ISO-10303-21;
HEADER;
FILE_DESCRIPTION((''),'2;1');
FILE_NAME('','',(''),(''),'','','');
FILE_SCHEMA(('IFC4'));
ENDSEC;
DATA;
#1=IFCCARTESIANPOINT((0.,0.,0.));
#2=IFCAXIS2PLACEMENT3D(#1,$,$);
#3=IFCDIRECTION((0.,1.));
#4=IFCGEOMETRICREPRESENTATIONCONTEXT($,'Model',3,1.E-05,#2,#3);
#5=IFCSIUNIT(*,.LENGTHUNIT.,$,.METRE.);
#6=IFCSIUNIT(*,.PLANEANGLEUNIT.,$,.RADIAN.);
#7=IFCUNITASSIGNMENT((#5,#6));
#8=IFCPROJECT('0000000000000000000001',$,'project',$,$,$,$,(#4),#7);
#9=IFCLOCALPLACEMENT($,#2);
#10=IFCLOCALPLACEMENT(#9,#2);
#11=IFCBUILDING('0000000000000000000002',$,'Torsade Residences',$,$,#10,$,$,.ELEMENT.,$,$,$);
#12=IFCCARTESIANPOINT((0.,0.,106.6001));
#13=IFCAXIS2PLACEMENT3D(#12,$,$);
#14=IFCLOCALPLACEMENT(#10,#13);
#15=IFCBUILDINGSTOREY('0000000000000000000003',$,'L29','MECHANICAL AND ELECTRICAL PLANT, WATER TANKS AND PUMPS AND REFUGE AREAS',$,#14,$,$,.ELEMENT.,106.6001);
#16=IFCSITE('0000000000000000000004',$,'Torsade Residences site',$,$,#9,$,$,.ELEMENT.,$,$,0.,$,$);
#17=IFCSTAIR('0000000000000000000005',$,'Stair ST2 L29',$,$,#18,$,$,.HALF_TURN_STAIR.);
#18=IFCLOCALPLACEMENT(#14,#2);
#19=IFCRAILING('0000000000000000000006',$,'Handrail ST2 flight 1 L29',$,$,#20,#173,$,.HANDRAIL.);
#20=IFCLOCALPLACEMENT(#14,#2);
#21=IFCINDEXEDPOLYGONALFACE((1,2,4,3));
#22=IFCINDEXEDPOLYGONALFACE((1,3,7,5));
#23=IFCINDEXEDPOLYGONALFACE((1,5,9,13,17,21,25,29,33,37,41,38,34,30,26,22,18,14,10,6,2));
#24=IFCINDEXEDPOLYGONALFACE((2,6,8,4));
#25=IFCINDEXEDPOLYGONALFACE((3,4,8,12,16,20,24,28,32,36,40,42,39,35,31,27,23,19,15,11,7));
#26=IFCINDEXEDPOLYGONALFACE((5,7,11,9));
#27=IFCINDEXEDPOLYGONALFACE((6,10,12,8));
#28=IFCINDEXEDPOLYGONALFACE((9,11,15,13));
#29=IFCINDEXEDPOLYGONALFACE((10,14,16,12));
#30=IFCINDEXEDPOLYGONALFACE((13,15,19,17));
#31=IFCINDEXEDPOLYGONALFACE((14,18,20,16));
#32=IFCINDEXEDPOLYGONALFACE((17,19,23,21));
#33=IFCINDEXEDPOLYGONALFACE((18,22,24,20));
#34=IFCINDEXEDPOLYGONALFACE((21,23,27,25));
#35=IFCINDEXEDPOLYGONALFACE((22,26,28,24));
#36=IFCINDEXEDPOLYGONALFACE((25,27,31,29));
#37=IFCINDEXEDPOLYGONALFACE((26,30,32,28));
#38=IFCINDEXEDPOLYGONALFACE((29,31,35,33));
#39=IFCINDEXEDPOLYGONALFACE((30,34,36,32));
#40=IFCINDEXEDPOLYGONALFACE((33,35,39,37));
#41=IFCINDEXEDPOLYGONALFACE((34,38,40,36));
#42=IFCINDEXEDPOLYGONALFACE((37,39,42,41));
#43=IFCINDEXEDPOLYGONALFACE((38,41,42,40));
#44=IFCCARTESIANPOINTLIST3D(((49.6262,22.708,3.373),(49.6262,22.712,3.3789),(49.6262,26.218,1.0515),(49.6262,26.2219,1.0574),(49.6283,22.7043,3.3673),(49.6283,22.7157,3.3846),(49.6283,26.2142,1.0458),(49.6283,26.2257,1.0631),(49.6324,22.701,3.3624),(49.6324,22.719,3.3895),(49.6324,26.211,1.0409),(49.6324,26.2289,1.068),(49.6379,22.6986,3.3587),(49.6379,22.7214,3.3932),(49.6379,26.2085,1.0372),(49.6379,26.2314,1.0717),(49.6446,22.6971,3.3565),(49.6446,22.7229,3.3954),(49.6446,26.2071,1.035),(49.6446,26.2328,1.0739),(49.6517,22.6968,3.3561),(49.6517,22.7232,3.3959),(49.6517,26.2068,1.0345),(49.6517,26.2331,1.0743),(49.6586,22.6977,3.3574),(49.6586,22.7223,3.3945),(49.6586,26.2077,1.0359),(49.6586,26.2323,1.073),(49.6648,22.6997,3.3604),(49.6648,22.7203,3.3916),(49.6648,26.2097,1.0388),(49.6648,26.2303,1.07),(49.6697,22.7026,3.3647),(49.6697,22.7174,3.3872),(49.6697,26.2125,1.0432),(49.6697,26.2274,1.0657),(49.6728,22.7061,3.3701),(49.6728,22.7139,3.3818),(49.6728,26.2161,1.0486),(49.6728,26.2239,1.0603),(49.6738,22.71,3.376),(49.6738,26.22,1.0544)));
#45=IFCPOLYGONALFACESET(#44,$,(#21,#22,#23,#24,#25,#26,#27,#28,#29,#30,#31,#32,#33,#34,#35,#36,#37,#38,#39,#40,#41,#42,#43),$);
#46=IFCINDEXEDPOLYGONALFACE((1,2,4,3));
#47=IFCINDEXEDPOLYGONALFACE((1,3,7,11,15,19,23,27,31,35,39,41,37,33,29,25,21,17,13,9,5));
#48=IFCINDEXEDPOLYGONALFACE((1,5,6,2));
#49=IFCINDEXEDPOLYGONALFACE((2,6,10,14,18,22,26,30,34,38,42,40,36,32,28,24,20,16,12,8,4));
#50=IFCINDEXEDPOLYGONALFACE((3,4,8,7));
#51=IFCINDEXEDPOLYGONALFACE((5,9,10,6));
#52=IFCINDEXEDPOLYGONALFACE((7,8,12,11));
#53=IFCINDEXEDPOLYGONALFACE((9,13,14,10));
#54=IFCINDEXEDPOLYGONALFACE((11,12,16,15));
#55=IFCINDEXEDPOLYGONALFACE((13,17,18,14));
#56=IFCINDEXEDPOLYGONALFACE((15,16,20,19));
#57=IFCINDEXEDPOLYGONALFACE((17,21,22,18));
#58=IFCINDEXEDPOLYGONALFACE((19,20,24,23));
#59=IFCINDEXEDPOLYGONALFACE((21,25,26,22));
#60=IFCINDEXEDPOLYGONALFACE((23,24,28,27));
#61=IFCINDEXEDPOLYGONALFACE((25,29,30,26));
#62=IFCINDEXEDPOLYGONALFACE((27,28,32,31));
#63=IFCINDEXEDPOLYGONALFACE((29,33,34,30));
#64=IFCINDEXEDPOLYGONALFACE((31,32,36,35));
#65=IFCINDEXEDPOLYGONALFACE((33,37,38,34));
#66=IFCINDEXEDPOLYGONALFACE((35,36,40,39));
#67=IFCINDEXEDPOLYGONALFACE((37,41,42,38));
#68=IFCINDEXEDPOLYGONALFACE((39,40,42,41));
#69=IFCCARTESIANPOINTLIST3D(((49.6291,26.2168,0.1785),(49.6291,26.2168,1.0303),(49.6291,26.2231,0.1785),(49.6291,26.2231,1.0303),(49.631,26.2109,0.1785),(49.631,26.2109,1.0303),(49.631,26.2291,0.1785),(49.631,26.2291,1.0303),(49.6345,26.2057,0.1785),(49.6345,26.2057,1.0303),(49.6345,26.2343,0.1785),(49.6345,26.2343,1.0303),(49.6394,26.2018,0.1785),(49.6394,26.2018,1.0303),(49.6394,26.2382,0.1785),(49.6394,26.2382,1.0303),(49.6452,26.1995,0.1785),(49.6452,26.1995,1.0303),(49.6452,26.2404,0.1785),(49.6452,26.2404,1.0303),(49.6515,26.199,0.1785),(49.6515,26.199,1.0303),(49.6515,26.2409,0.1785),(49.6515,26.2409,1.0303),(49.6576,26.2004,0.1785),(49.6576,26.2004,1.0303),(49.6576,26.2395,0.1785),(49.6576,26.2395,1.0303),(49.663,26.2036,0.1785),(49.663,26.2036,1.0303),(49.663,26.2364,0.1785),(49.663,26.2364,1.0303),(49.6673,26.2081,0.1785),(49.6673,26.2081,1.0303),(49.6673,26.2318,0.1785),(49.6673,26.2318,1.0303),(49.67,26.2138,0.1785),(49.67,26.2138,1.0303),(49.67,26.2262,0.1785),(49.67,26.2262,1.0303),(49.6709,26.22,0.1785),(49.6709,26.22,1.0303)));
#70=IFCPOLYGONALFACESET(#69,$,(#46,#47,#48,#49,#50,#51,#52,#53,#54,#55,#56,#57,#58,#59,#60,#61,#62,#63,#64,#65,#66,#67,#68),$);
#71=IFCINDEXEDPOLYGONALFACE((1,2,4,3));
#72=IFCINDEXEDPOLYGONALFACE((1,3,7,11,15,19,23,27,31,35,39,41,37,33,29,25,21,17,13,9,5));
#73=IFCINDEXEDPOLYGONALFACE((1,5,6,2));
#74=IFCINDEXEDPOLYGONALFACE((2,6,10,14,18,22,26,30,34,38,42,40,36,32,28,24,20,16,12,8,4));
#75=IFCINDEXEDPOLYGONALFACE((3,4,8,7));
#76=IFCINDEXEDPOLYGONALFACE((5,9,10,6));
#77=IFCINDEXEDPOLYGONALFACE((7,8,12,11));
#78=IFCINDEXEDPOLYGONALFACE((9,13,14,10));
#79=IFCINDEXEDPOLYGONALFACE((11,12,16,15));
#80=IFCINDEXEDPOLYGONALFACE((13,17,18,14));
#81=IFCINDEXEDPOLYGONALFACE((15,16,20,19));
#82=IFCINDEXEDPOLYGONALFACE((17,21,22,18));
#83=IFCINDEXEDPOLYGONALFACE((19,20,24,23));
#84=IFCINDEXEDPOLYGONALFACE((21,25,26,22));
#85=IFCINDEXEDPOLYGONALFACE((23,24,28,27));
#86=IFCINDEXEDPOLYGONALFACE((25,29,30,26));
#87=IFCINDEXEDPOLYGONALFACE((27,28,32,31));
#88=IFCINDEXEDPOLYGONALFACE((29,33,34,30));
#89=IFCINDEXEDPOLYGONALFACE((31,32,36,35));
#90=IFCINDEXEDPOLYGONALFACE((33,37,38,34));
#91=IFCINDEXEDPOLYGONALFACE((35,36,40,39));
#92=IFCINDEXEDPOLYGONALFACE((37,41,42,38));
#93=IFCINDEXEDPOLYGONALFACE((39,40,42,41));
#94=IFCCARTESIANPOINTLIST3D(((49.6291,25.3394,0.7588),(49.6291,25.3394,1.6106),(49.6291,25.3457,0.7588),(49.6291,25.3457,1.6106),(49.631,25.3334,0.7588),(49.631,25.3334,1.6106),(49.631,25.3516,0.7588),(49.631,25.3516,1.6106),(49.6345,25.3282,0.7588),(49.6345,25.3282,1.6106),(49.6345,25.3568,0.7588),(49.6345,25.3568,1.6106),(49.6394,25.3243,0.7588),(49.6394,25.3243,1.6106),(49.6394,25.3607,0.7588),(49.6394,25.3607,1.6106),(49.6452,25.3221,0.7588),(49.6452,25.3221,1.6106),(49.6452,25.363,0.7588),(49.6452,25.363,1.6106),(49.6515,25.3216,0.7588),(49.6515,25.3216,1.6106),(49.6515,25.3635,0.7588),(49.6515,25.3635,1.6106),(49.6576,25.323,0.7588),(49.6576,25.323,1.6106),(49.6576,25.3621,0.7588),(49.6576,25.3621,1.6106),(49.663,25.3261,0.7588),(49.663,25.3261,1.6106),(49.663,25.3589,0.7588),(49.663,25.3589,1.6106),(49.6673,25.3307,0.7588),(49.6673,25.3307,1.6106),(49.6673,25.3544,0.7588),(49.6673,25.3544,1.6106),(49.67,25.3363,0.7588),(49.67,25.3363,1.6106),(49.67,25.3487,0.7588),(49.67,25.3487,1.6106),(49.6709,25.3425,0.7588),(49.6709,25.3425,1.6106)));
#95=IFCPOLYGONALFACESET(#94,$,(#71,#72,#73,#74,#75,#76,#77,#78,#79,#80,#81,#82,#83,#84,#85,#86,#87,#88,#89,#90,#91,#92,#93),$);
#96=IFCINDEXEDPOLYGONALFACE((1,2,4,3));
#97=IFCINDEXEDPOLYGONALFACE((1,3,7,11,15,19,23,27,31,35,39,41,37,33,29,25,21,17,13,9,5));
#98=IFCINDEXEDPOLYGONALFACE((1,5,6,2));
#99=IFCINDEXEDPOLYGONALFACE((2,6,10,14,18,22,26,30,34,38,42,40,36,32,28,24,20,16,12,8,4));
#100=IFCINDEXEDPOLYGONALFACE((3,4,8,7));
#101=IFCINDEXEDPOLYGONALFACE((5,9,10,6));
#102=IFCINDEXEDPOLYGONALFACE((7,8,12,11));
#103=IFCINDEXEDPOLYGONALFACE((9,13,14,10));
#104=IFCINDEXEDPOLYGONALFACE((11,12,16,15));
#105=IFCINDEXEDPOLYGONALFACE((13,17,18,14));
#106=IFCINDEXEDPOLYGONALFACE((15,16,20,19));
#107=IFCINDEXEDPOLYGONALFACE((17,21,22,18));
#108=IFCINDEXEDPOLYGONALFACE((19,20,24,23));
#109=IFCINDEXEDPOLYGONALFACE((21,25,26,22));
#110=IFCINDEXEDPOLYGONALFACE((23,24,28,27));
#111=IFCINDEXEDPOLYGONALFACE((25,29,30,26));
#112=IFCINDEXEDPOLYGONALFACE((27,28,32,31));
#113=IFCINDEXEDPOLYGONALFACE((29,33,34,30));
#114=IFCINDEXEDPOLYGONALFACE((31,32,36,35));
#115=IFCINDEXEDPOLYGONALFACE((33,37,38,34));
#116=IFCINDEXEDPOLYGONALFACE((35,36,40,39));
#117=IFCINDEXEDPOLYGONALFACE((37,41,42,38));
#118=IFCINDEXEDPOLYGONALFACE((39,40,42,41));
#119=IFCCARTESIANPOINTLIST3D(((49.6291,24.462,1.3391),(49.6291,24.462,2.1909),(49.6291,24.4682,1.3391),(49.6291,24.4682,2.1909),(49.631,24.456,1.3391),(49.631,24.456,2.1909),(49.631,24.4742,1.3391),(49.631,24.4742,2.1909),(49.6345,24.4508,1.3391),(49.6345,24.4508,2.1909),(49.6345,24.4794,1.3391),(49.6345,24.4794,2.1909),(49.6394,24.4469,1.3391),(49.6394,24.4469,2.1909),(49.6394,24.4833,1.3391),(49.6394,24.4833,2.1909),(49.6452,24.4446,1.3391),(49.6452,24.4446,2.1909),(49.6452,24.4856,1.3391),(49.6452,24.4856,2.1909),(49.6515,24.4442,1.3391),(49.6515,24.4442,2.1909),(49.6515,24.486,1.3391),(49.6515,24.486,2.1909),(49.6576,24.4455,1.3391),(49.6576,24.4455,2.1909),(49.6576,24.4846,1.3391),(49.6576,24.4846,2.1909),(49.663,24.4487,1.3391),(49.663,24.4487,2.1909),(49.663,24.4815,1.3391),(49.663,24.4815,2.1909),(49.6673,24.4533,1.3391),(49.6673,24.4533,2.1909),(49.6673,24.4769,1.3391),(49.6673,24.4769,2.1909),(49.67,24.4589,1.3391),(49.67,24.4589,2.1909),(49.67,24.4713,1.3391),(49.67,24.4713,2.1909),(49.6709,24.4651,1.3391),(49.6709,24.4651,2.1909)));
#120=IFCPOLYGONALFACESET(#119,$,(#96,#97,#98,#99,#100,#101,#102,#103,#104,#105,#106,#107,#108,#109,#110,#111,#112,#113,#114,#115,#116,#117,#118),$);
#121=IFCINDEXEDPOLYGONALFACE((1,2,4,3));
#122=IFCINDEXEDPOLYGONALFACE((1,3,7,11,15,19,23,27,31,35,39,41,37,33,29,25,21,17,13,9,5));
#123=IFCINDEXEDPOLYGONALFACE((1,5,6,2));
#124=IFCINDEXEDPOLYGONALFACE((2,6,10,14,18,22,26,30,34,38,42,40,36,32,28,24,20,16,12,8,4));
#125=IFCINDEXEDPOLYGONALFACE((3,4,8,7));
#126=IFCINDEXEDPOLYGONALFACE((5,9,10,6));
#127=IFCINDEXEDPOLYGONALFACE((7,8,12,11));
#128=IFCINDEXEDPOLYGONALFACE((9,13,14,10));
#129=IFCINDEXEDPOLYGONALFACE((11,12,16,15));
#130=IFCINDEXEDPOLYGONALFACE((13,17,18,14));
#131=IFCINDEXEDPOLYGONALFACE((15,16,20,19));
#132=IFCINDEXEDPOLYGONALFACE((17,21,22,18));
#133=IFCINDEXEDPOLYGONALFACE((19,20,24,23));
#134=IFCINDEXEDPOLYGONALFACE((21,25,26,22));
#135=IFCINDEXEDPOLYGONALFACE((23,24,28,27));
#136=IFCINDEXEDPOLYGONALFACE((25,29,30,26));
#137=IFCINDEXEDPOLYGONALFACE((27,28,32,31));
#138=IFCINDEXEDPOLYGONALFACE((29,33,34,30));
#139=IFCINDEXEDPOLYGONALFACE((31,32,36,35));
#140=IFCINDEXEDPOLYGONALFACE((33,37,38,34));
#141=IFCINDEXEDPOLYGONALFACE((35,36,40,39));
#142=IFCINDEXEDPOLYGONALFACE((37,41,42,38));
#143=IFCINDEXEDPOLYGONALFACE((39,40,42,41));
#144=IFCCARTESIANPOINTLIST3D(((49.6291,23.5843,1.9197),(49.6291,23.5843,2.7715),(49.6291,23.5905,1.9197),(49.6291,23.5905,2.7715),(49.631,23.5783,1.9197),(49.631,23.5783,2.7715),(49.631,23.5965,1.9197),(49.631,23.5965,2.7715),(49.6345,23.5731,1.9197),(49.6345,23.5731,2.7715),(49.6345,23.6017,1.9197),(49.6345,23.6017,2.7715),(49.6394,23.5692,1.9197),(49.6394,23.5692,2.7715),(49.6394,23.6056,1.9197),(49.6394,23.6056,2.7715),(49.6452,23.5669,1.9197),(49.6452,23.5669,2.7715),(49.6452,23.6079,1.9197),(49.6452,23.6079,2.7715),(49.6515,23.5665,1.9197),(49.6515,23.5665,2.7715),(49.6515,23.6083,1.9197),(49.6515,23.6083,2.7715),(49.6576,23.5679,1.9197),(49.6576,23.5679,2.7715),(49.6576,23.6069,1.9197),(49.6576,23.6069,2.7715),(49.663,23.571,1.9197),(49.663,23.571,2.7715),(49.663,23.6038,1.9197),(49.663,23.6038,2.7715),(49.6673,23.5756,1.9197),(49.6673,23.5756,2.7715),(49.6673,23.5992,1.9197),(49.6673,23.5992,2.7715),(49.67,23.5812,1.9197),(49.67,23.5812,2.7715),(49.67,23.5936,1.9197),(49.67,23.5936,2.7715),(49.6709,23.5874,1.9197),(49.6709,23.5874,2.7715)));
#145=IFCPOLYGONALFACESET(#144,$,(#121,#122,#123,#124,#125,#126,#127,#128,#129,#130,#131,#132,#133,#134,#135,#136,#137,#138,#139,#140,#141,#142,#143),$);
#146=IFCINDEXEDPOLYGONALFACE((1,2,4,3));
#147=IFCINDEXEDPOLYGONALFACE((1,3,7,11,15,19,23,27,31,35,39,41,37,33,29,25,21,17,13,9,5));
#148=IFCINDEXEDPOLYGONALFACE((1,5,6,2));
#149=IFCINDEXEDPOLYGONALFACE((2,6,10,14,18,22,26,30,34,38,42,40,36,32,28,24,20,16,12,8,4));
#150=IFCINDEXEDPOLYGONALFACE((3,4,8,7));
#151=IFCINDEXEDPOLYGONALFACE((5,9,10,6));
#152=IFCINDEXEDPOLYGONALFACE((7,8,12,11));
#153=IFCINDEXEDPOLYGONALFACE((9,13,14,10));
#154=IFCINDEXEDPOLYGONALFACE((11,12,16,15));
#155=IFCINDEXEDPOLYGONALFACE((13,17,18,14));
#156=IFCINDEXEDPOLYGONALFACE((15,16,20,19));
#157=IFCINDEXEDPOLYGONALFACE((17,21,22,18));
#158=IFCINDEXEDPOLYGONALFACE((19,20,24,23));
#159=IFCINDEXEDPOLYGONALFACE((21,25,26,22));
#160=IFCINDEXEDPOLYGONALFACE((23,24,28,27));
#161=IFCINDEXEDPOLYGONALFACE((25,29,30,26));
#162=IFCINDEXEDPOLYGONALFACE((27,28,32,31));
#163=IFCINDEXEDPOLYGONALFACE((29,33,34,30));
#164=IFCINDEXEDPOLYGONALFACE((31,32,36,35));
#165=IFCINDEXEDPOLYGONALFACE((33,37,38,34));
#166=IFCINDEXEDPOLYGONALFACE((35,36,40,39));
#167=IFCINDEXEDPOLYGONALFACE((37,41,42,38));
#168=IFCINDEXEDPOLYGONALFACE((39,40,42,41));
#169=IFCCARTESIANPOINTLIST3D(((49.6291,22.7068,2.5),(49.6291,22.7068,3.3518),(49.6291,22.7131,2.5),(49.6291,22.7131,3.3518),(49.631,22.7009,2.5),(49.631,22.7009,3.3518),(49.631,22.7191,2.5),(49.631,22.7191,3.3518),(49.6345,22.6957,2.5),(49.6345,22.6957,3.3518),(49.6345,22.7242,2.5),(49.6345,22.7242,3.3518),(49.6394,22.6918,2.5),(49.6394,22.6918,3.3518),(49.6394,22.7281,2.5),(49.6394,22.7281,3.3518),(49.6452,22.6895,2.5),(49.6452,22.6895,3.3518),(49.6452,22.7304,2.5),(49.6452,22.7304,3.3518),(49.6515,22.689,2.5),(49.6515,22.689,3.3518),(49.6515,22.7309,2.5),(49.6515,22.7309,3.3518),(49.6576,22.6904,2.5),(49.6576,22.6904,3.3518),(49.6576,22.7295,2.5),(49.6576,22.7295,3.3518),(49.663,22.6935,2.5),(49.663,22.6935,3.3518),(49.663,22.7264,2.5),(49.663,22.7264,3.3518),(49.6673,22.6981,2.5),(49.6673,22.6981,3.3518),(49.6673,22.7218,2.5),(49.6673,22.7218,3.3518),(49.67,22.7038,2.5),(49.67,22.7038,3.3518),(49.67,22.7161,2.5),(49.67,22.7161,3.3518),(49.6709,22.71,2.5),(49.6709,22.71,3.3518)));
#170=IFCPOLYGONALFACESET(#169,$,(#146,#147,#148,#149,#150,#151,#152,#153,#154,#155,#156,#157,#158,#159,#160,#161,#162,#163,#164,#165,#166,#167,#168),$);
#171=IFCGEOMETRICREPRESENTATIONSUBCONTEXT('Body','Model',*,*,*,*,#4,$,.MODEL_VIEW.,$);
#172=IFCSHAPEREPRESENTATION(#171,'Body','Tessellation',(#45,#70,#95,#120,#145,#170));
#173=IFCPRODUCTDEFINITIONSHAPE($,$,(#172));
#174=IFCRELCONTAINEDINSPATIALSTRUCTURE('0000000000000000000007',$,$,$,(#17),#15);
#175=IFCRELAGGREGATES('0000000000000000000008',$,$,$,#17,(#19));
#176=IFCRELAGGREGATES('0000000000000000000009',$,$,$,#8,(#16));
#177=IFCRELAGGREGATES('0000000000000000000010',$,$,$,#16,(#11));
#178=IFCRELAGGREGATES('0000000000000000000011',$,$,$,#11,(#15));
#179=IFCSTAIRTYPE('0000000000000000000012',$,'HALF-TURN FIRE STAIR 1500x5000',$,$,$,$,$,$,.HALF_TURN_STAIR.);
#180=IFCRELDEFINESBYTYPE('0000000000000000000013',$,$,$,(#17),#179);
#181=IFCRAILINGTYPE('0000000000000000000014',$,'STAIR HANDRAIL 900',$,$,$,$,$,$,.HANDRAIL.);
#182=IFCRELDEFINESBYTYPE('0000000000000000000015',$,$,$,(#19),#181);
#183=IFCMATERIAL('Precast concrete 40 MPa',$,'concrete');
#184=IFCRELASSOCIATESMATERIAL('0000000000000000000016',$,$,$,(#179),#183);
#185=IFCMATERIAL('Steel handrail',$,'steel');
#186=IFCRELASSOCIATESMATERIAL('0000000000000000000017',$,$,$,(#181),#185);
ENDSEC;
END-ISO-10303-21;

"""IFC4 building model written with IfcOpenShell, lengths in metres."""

from ifc_helpers import new_model, si_unit, direction, frame, origin, origin_2d, place, context, subcontext, project, spatial, circle, extrude, material, type_object, element, aggregate, save


model = new_model("IFC4")

# Units and contexts
model_context = context("Model", 3, precision=1e-05, world=origin(), true_north=direction((0.0, 1.0)))
body_context = subcontext(model_context, "Body", "Model", "MODEL_VIEW")
ifc_project = project(units=[si_unit("LENGTHUNIT", "METRE"), si_unit("PLANEANGLEUNIT", "RADIAN")], contexts=[model_context])

# Site, building, storey
site_placement = place(None, origin())
site = spatial("IfcSite", under=ifc_project, at=site_placement, Name="Torsade Residences site", CompositionType="ELEMENT", RefElevation=0.0)
building_placement = place(site_placement, origin())
building = spatial("IfcBuilding", under=site, at=building_placement, Name="Torsade Residences", CompositionType="ELEMENT")
storey_placement = place(building_placement, frame((0.0, 0.0, 106.6001)))
storey = spatial("IfcBuildingStorey", under=building, at=storey_placement, Name="L29", Description="MECHANICAL AND ELECTRICAL PLANT, WATER TANKS AND PUMPS AND REFUGE AREAS", CompositionType="ELEMENT", Elevation=106.6001)

# Stair, railing
ifc_material_1 = material(Name="Precast concrete 40 MPa", Category="concrete")
stair_type = type_object("IfcStairType", Name="HALF-TURN FIRE STAIR 1500x5000", PredefinedType="HALF_TURN_STAIR", material=ifc_material_1)
stair_placement = place(storey_placement, origin())
stair = element("IfcStair", 1, at=stair_placement, inside=storey, type_object=stair_type, Name="Stair ST2 L29", PredefinedType="HALF_TURN_STAIR")
ifc_material_2 = material(Name="Steel handrail", Category="steel")
railing_type = type_object("IfcRailingType", Name="STAIR HANDRAIL 900", PredefinedType="HANDRAIL", material=ifc_material_2)
railing_1_placement = place(storey_placement, frame((49.6499, 26.22, 0.1785)))
railing_1 = element("IfcRailing", 2, at=railing_1_placement, type_object=railing_type, Name="Handrail ST2 flight 1 L29", PredefinedType="HANDRAIL", context=body_context, shape_type="SweptSolid", body=[
    extrude(circle(Radius=0.0239, at=origin_2d()), frame((0.0, 0.0, 0.876), z_axis=(0.0, -0.834071, 0.551657), x_axis=(1.0, 0.0, 0.0)), (0.0, 0.0, 1.0), 4.2083),
    extrude(circle(Radius=0.021, at=origin_2d()), origin(), (0.0, 0.0, 1.0), 0.8518),
    extrude(circle(Radius=0.021, at=origin_2d()), frame((0.0, -0.8774, 0.5803)), (0.0, 0.0, 1.0), 0.8518),
    extrude(circle(Radius=0.021, at=origin_2d()), frame((0.0, -1.7549, 1.1606)), (0.0, 0.0, 1.0), 0.8518),
    extrude(circle(Radius=0.021, at=origin_2d()), frame((0.0, -2.6326, 1.7412)), (0.0, 0.0, 1.0), 0.8518),
    extrude(circle(Radius=0.021, at=origin_2d()), frame((0.0, -3.51, 2.3215)), (0.0, 0.0, 1.0), 0.8518),
])
aggregate(stair, [railing_1])

save(model, "model.ifc")
